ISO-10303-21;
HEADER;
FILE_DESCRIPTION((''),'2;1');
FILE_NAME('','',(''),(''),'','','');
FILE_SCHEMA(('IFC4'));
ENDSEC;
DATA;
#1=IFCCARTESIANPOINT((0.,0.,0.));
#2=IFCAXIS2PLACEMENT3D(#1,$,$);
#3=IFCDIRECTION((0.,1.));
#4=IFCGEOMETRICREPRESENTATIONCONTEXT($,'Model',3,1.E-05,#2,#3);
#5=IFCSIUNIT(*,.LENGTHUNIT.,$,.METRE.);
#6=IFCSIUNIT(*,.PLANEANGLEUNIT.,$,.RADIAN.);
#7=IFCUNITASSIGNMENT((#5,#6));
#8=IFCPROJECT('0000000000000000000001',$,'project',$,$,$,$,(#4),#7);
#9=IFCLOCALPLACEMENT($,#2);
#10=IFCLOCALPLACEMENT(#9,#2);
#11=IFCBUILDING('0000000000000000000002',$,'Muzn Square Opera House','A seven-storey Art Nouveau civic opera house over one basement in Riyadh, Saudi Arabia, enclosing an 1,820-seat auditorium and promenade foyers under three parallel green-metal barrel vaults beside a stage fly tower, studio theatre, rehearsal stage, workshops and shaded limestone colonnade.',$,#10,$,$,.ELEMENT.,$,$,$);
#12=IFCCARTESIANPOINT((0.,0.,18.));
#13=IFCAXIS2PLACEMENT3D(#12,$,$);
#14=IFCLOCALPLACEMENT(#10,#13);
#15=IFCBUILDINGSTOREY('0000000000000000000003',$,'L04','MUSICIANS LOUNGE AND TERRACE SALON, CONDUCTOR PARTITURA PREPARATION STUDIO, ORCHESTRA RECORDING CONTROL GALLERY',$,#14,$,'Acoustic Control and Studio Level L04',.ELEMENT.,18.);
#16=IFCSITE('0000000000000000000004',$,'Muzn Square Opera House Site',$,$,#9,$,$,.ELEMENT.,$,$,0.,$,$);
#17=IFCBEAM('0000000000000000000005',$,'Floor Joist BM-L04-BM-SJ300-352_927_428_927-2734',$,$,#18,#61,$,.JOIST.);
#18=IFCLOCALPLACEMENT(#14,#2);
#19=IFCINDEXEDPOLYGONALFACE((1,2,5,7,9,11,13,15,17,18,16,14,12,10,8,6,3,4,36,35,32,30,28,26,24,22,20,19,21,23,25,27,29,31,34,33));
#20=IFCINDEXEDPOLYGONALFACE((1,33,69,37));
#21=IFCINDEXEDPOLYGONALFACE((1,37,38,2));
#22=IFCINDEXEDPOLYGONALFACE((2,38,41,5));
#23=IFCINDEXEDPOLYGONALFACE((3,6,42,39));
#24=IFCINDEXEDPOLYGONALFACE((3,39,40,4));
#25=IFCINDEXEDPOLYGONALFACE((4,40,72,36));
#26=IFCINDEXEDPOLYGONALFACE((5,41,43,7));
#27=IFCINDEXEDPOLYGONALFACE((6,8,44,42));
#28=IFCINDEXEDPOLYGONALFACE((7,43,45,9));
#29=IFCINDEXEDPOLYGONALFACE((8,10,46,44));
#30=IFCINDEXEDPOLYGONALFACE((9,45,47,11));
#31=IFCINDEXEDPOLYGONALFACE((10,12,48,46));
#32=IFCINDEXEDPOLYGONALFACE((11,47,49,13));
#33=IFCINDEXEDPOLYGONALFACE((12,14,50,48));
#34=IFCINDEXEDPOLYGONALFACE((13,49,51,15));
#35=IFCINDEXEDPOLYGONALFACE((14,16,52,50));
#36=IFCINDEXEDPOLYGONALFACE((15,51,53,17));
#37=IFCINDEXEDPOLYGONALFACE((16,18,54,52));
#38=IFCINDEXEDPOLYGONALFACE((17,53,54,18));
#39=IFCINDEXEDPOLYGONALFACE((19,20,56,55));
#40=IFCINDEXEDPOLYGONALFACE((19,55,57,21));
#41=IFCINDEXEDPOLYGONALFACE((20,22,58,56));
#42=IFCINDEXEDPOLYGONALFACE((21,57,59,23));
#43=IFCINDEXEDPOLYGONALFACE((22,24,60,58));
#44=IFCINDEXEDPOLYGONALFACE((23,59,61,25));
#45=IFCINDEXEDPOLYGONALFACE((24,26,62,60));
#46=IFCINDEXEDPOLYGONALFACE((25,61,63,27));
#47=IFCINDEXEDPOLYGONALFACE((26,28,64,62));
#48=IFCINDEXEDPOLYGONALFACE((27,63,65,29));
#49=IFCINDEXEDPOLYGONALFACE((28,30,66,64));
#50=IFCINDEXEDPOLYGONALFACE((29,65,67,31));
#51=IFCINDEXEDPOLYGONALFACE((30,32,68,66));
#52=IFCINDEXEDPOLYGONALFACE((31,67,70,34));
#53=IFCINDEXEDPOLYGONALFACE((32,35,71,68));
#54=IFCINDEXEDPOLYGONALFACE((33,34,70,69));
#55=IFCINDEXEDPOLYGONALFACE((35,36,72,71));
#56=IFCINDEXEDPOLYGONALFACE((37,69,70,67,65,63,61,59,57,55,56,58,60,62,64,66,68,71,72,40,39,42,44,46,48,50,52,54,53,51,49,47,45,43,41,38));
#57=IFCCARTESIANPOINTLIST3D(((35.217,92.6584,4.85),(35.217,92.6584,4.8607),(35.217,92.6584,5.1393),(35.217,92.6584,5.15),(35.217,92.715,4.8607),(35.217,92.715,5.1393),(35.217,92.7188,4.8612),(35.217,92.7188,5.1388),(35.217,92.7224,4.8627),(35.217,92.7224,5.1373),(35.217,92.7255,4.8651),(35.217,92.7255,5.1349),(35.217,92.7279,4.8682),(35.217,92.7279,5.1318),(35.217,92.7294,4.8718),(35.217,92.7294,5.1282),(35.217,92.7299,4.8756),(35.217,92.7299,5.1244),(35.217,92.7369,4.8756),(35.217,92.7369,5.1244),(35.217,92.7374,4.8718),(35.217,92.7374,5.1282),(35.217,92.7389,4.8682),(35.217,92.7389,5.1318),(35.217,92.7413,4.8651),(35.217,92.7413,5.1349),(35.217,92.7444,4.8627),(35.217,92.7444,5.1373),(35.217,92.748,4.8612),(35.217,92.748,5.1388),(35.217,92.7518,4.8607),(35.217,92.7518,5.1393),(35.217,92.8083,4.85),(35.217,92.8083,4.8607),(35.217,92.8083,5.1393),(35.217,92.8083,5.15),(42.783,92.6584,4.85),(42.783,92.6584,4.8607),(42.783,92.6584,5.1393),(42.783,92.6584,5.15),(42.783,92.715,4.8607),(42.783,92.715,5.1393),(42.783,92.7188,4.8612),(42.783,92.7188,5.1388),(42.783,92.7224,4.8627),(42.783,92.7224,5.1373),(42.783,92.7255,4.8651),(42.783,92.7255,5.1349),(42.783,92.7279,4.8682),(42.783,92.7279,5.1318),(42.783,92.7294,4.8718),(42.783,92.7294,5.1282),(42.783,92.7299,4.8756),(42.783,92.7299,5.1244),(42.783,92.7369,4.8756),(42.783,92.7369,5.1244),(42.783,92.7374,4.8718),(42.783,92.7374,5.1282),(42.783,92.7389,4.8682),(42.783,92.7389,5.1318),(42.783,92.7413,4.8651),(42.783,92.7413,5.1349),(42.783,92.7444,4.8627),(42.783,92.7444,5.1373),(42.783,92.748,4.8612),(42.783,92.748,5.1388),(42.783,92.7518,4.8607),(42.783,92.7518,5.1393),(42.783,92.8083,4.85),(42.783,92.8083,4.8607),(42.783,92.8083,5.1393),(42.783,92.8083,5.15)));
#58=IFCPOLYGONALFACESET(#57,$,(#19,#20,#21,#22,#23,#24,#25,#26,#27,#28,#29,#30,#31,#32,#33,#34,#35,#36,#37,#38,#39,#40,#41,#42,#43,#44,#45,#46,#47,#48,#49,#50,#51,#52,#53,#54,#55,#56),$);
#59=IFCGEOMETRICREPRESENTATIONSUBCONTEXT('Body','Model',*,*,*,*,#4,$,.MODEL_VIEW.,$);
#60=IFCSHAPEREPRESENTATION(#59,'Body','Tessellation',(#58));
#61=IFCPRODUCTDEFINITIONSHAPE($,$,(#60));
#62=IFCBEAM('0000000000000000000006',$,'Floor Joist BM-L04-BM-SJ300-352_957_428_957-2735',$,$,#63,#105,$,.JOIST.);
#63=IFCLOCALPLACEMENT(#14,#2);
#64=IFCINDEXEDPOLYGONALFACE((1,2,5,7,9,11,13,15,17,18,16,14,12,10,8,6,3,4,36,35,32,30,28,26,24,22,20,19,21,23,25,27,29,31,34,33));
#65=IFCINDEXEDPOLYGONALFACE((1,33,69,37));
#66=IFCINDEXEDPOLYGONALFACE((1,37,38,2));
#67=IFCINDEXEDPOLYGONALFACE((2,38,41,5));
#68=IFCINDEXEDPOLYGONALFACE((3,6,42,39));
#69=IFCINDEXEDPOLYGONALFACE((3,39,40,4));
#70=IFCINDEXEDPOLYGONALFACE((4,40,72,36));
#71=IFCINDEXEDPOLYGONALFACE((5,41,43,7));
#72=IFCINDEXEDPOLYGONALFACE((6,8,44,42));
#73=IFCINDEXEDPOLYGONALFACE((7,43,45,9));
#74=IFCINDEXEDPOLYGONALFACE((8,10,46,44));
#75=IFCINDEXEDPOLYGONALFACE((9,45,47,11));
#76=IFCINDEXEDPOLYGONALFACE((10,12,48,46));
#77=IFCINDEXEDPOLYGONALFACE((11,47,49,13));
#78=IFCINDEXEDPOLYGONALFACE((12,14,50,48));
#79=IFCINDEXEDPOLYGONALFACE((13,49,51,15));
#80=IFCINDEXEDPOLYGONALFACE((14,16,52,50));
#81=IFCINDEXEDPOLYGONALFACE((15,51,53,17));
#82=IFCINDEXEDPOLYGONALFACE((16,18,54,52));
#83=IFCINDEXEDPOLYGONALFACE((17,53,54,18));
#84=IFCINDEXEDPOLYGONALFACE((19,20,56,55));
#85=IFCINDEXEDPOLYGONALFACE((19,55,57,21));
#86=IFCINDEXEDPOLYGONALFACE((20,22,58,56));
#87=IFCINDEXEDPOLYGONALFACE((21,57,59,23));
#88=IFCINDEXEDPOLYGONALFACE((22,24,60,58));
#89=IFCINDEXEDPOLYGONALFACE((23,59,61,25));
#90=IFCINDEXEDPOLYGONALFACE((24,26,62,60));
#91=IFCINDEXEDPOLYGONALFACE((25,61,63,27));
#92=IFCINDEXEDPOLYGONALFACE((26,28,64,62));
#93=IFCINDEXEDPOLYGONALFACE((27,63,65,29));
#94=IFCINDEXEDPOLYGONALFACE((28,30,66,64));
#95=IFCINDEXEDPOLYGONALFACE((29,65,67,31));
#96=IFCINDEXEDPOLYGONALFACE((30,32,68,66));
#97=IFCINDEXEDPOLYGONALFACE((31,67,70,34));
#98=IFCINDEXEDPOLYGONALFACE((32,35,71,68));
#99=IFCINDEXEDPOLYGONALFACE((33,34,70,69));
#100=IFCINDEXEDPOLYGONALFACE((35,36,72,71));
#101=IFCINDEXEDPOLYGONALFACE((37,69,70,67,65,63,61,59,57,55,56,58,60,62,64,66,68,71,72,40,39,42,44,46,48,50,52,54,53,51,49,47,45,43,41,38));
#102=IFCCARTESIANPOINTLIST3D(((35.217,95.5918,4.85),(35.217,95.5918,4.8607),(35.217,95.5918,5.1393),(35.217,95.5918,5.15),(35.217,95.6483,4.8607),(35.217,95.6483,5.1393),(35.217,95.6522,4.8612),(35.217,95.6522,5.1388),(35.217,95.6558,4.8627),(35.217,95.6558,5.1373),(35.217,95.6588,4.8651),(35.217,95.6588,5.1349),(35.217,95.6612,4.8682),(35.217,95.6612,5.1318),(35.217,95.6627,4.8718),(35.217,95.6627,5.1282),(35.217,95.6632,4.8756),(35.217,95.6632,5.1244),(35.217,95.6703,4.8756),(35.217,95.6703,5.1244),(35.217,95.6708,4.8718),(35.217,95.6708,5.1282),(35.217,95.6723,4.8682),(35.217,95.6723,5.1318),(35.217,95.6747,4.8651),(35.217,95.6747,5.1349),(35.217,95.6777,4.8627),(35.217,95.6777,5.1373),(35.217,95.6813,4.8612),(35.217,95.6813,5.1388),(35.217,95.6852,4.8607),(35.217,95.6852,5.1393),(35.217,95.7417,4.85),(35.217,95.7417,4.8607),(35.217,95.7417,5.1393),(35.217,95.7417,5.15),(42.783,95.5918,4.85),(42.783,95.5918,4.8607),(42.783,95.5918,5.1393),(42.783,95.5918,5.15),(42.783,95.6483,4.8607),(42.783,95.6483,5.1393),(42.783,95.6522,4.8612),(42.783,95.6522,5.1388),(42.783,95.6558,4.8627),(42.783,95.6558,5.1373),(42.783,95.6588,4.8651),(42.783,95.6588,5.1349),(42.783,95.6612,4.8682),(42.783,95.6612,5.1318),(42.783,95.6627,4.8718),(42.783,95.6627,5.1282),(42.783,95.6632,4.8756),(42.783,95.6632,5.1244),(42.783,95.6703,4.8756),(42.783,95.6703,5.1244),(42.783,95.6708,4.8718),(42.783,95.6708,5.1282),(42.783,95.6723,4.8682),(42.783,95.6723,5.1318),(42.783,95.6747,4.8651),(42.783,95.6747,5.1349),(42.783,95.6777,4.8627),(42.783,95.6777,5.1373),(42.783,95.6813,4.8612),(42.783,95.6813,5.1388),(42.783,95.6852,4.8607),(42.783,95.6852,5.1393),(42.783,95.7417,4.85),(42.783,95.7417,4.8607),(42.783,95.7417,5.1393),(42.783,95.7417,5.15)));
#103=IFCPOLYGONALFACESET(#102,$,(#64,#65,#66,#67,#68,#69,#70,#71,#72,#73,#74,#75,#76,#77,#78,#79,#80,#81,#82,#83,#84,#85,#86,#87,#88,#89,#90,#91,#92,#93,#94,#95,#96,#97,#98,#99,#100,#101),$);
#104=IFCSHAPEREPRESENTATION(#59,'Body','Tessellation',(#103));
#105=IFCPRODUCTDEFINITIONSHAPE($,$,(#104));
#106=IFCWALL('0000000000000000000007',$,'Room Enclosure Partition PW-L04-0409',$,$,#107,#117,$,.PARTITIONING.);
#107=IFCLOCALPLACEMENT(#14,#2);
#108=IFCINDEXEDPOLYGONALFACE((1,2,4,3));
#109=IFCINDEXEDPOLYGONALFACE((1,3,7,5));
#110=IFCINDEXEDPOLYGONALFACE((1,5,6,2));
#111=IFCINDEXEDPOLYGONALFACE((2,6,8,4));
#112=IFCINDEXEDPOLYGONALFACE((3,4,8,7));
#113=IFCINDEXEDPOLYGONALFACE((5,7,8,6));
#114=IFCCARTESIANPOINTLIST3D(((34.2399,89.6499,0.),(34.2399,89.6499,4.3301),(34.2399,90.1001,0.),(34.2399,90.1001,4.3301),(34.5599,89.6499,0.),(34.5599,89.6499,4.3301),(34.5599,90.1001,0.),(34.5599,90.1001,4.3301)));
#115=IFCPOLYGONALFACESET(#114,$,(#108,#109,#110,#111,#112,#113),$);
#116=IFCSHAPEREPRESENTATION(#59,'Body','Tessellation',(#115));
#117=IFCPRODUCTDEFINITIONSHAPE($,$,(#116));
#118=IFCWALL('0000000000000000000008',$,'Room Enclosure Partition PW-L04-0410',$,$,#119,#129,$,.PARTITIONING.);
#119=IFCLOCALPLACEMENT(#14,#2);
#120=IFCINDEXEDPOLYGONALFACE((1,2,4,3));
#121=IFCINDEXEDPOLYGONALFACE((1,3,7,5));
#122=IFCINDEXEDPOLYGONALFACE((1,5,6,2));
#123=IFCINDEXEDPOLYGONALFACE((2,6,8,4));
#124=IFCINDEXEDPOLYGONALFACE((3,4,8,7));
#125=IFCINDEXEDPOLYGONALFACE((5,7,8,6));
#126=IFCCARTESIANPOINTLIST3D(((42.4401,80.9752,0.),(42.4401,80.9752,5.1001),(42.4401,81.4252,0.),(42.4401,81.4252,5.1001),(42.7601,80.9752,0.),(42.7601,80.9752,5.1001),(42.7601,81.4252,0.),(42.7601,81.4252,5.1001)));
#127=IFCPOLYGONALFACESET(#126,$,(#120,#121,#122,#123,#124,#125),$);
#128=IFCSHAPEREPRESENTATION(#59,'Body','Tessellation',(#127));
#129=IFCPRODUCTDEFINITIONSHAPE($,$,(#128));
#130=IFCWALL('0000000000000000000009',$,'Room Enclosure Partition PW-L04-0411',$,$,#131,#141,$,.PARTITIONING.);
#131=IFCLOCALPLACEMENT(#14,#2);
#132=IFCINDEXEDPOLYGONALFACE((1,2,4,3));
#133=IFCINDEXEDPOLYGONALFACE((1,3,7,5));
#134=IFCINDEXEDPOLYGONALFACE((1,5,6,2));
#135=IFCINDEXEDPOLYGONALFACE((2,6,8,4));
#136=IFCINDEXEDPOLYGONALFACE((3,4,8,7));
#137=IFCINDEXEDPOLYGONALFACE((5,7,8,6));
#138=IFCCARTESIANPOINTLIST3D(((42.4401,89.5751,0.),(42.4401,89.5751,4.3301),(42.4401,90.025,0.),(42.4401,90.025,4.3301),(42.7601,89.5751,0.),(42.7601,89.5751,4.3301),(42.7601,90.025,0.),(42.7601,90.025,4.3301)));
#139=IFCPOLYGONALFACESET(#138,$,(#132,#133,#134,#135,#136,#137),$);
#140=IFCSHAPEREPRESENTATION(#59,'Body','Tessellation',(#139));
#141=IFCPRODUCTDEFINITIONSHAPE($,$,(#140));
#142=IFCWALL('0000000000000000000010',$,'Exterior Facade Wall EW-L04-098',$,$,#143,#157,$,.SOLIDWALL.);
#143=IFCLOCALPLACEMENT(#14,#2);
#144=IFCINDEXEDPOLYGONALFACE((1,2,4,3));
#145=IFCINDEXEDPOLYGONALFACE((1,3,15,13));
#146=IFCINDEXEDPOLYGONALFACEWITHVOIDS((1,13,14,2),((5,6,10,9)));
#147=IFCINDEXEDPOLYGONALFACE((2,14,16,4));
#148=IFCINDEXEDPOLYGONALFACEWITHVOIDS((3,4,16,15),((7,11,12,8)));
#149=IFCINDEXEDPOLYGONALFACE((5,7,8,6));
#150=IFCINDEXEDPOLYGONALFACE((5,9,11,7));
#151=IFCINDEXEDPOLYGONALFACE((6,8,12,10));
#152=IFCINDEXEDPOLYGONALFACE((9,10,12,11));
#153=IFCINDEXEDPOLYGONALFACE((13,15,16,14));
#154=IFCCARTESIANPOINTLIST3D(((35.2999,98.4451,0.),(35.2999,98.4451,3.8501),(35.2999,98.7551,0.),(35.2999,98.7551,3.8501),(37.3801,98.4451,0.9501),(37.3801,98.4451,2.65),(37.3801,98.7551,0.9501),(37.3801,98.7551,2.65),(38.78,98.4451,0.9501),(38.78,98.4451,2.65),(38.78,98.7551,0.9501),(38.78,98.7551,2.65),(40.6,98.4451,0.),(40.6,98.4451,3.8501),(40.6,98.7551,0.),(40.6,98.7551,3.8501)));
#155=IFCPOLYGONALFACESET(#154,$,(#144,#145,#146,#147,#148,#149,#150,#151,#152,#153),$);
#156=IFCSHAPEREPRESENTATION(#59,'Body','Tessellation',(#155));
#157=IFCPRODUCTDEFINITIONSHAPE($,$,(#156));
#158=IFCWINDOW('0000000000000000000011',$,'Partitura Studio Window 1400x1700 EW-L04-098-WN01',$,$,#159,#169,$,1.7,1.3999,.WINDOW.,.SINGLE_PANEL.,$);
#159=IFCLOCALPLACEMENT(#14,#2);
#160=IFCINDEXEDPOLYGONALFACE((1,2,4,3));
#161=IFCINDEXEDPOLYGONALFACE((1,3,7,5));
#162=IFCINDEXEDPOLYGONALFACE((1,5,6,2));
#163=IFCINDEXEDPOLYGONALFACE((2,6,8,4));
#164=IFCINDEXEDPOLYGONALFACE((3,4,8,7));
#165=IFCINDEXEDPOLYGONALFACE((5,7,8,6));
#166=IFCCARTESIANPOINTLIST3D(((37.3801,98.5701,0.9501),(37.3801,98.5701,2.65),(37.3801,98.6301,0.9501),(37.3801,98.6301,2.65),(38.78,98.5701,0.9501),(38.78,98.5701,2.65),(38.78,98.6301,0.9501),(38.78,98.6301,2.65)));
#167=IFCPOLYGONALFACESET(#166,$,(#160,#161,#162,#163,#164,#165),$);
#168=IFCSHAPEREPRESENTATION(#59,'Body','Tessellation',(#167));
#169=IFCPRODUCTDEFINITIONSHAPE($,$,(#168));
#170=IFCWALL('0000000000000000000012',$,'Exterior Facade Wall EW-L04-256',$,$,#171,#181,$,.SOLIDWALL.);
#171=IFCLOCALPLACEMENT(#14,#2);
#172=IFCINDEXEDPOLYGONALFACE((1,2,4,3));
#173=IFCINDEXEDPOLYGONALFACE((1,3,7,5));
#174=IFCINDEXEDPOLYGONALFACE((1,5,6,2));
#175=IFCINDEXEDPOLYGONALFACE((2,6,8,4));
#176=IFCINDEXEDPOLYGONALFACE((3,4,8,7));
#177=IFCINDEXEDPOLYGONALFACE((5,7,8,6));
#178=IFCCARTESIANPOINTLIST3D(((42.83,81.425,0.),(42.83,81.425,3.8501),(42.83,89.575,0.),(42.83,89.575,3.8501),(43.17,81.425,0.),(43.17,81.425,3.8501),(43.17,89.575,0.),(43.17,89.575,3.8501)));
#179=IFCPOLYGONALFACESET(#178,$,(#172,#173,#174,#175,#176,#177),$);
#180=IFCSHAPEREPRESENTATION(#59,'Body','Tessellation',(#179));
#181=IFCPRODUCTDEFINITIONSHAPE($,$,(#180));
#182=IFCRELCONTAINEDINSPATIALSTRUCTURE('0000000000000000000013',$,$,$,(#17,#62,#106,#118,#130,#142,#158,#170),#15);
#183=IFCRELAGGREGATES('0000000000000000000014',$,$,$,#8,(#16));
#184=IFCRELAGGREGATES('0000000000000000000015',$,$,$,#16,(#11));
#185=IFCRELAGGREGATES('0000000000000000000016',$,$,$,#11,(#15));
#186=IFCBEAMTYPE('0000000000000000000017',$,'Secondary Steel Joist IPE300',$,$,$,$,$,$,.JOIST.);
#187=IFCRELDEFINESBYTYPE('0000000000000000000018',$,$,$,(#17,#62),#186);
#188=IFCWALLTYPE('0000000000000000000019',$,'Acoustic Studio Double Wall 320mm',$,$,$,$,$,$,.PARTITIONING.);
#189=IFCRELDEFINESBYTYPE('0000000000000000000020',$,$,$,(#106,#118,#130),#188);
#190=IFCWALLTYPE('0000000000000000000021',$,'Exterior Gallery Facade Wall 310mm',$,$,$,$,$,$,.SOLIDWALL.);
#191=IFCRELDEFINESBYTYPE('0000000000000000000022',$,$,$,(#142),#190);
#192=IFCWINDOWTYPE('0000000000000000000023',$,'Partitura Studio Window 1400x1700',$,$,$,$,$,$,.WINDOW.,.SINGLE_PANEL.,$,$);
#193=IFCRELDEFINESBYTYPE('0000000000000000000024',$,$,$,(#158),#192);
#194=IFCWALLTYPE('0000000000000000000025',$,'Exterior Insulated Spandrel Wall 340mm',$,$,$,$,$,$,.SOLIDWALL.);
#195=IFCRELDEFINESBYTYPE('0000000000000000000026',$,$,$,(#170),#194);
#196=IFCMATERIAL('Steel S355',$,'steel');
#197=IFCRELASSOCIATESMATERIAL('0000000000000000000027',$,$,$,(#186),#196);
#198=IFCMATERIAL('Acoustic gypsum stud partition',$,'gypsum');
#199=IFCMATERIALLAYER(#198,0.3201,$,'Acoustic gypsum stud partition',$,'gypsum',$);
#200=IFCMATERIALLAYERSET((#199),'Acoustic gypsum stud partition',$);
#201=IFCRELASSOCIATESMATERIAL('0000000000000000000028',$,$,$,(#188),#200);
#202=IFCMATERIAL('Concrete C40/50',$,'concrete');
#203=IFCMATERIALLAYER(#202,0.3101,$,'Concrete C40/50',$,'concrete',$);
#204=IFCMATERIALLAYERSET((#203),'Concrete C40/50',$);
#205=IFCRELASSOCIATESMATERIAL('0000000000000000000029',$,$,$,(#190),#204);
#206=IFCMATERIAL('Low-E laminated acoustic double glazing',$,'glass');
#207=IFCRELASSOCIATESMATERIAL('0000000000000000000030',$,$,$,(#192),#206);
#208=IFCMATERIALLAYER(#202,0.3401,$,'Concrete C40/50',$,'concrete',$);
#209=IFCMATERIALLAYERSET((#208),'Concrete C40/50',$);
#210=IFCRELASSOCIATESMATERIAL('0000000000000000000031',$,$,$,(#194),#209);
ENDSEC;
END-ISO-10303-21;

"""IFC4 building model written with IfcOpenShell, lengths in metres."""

from ifc_helpers import new_model, si_unit, direction, frame, frame_2d, origin, origin_2d, place, context, subcontext, project, spatial, rectangle, i_section, extrude, material, layer, layer_set, material_profile, profile_set, type_object, element, fill, save


model = new_model("IFC4")

# Units and contexts
model_context = context("Model", 3, precision=1e-05, world=origin(), true_north=direction((0.0, 1.0)))
body_context = subcontext(model_context, "Body", "Model", "MODEL_VIEW")
ifc_project = project(units=[si_unit("LENGTHUNIT", "METRE"), si_unit("PLANEANGLEUNIT", "RADIAN")], contexts=[model_context])

# Site, building, storey
site_placement = place(None, origin())
site = spatial("IfcSite", under=ifc_project, at=site_placement, Name="Muzn Square Opera House Site", CompositionType="ELEMENT", RefElevation=0.0)
building_placement = place(site_placement, origin())
building = spatial("IfcBuilding", under=site, at=building_placement, Name="Muzn Square Opera House", Description="A seven-storey Art Nouveau civic opera house over one basement in Riyadh, Saudi Arabia, enclosing an 1,820-seat auditorium and promenade foyers under three parallel green-metal barrel vaults beside a stage fly tower, studio theatre, rehearsal stage, workshops and shaded limestone colonnade.", CompositionType="ELEMENT")
storey_placement = place(building_placement, frame((0.0, 0.0, 18.0)))
storey = spatial("IfcBuildingStorey", under=building, at=storey_placement, Name="L04", Description="MUSICIANS LOUNGE AND TERRACE SALON, CONDUCTOR PARTITURA PREPARATION STUDIO, ORCHESTRA RECORDING CONTROL GALLERY", LongName="Acoustic Control and Studio Level L04", CompositionType="ELEMENT", Elevation=18.0)

# Shared definitions
ifc_material_1 = material(Name="Steel S355", Category="steel")

# Beams
ifc_material_2 = material(Name="Concrete C40/50", Category="concrete")
ifc_material_profile_1 = material_profile(ifc_material_1, i_section(OverallWidth=0.1499, OverallDepth=0.3, WebThickness=0.0071, FlangeThickness=0.0107, FilletRadius=0.0149, at=origin_2d()), Name="IPE 300", Category="steel")
ifc_profile_set_1 = profile_set([ifc_material_profile_1], Name="Steel S355")
beam_type_1 = type_object("IfcBeamType", Name="Secondary Steel Joist IPE300", PredefinedType="JOIST", material=ifc_profile_set_1)
for number, where, z_axis, x_axis, name in (
    (1, (35.217, 92.7334, 5.0), (1.0, 0.0, 0.0), (0.0, 1.0, 0.0), "Floor Joist BM-L04-BM-SJ300-352_927_428_927-2734"),
    (2, (35.217, 95.6667, 5.0), (1.0, 0.0, 0.0), (0.0, 1.0, 0.0), "Floor Joist BM-L04-BM-SJ300-352_957_428_957-2735"),
):
    element("IfcBeam", number, at=place(storey_placement, frame(where, z_axis=z_axis, x_axis=x_axis)), inside=storey, type_object=beam_type_1, Name=name, PredefinedType="JOIST", context=body_context, shape_type="SweptSolid", body=[
        extrude(i_section(OverallWidth=0.1499, OverallDepth=0.3, WebThickness=0.0071, FlangeThickness=0.0107, FilletRadius=0.0149, at=origin_2d()), origin(), (0.0, 0.0, 1.0), 7.5659),
    ])

# Walls
ifc_material_3 = material(Name="Acoustic gypsum stud partition", Category="gypsum")
ifc_layer_1 = layer(ifc_material_3, 0.3201, Name="Acoustic gypsum stud partition", Category="gypsum")
ifc_layer_set_1 = layer_set([ifc_layer_1], Name="Acoustic gypsum stud partition")
wall_type_1 = type_object("IfcWallType", Name="Acoustic Studio Double Wall 320mm", PredefinedType="PARTITIONING", material=ifc_layer_set_1)
wall_1_placement = place(storey_placement, frame((34.3999, 89.6499, 0.0), z_axis=(0.0, 0.0, 1.0), x_axis=(0.0, 1.0, 0.0)))
element("IfcWall", 3, at=wall_1_placement, inside=storey, type_object=wall_type_1, Name="Room Enclosure Partition PW-L04-0409", PredefinedType="PARTITIONING", context=body_context, shape_type="SweptSolid", body=[
    extrude(rectangle(XDim=0.4502, YDim=0.3201, at=frame_2d((0.2251, 0.0))), origin(), (0.0, 0.0, 1.0), 4.3301),
])
wall_2_placement = place(storey_placement, frame((42.6001, 80.9751, 0.0), z_axis=(0.0, 0.0, 1.0), x_axis=(0.0, 1.0, 0.0)))
element("IfcWall", 4, at=wall_2_placement, inside=storey, type_object=wall_type_1, Name="Room Enclosure Partition PW-L04-0410", PredefinedType="PARTITIONING", context=body_context, shape_type="SweptSolid", body=[
    extrude(rectangle(XDim=0.45, YDim=0.3201, at=frame_2d((0.2251, 0.0))), origin(), (0.0, 0.0, 1.0), 5.1001),
])
wall_3_placement = place(storey_placement, frame((42.6001, 89.575, 0.0), z_axis=(0.0, 0.0, 1.0), x_axis=(0.0, 1.0, 0.0)))
element("IfcWall", 5, at=wall_3_placement, inside=storey, type_object=wall_type_1, Name="Room Enclosure Partition PW-L04-0411", PredefinedType="PARTITIONING", context=body_context, shape_type="SweptSolid", body=[
    extrude(rectangle(XDim=0.45, YDim=0.3201, at=frame_2d((0.2251, 0.0))), origin(), (0.0, 0.0, 1.0), 4.3301),
])

# Wall, opening, window
ifc_layer_2 = layer(ifc_material_2, 0.3101, Name="Concrete C40/50", Category="concrete")
ifc_layer_set_2 = layer_set([ifc_layer_2], Name="Concrete C40/50")
wall_type_2 = type_object("IfcWallType", Name="Exterior Gallery Facade Wall 310mm", PredefinedType="SOLIDWALL", material=ifc_layer_set_2)
wall_4_placement = place(storey_placement, frame((35.3, 98.6001, 0.0), z_axis=(0.0, 0.0, 1.0), x_axis=(1.0, 0.0, 0.0)))
wall_4 = element("IfcWall", 6, at=wall_4_placement, inside=storey, type_object=wall_type_2, Name="Exterior Facade Wall EW-L04-098", PredefinedType="SOLIDWALL", context=body_context, shape_type="SweptSolid", body=[
    extrude(rectangle(XDim=5.3, YDim=0.3101, at=frame_2d((2.6499, 0.0))), origin(), (0.0, 0.0, 1.0), 3.8501),
])
opening_1_placement = place(wall_4_placement, frame((2.0801, 0.0, 0.95)))
opening_1 = element("IfcOpeningElement", 7, at=opening_1_placement, cuts=wall_4, PredefinedType="OPENING", context=body_context, shape_type="SweptSolid", body=[
    extrude(rectangle(XDim=1.3999, YDim=1.7, at=frame_2d((0.7, 0.8501))), frame((0.0, 0.165, 0.0), z_axis=(0.0, -1.0, 0.0), x_axis=(1.0, 0.0, 0.0)), (0.0, 0.0, 1.0), 0.3301),
])
ifc_material_4 = material(Name="Low-E laminated acoustic double glazing", Category="glass")
window_type = type_object("IfcWindowType", Name="Partitura Studio Window 1400x1700", PartitioningType="SINGLE_PANEL", PredefinedType="WINDOW", material=ifc_material_4)
window_placement = place(opening_1_placement, origin())
window = element("IfcWindow", 8, at=window_placement, inside=storey, type_object=window_type, Name="Partitura Studio Window 1400x1700 EW-L04-098-WN01", OverallHeight=1.7, OverallWidth=1.3999, PartitioningType="SINGLE_PANEL", PredefinedType="WINDOW", context=body_context, shape_type="SweptSolid", body=[
    extrude(rectangle(XDim=1.3999, YDim=1.7, at=frame_2d((0.7, 0.8501))), frame((0.0, 0.03, 0.0), z_axis=(0.0, -1.0, 0.0), x_axis=(1.0, 0.0, 0.0)), (0.0, 0.0, 1.0), 0.0601),
])
fill(opening_1, window)

# Wall
ifc_layer_3 = layer(ifc_material_2, 0.3401, Name="Concrete C40/50", Category="concrete")
ifc_layer_set_3 = layer_set([ifc_layer_3], Name="Concrete C40/50")
wall_type_3 = type_object("IfcWallType", Name="Exterior Insulated Spandrel Wall 340mm", PredefinedType="SOLIDWALL", material=ifc_layer_set_3)
wall_5_placement = place(storey_placement, frame((43.0, 81.425, 0.0), z_axis=(0.0, 0.0, 1.0), x_axis=(0.0, 1.0, 0.0)))
element("IfcWall", 9, at=wall_5_placement, inside=storey, type_object=wall_type_3, Name="Exterior Facade Wall EW-L04-256", PredefinedType="SOLIDWALL", context=body_context, shape_type="SweptSolid", body=[
    extrude(rectangle(XDim=8.1499, YDim=0.3401, at=frame_2d((4.075, 0.0))), origin(), (0.0, 0.0, 1.0), 3.8501),
])

save(model, "model.ifc")
